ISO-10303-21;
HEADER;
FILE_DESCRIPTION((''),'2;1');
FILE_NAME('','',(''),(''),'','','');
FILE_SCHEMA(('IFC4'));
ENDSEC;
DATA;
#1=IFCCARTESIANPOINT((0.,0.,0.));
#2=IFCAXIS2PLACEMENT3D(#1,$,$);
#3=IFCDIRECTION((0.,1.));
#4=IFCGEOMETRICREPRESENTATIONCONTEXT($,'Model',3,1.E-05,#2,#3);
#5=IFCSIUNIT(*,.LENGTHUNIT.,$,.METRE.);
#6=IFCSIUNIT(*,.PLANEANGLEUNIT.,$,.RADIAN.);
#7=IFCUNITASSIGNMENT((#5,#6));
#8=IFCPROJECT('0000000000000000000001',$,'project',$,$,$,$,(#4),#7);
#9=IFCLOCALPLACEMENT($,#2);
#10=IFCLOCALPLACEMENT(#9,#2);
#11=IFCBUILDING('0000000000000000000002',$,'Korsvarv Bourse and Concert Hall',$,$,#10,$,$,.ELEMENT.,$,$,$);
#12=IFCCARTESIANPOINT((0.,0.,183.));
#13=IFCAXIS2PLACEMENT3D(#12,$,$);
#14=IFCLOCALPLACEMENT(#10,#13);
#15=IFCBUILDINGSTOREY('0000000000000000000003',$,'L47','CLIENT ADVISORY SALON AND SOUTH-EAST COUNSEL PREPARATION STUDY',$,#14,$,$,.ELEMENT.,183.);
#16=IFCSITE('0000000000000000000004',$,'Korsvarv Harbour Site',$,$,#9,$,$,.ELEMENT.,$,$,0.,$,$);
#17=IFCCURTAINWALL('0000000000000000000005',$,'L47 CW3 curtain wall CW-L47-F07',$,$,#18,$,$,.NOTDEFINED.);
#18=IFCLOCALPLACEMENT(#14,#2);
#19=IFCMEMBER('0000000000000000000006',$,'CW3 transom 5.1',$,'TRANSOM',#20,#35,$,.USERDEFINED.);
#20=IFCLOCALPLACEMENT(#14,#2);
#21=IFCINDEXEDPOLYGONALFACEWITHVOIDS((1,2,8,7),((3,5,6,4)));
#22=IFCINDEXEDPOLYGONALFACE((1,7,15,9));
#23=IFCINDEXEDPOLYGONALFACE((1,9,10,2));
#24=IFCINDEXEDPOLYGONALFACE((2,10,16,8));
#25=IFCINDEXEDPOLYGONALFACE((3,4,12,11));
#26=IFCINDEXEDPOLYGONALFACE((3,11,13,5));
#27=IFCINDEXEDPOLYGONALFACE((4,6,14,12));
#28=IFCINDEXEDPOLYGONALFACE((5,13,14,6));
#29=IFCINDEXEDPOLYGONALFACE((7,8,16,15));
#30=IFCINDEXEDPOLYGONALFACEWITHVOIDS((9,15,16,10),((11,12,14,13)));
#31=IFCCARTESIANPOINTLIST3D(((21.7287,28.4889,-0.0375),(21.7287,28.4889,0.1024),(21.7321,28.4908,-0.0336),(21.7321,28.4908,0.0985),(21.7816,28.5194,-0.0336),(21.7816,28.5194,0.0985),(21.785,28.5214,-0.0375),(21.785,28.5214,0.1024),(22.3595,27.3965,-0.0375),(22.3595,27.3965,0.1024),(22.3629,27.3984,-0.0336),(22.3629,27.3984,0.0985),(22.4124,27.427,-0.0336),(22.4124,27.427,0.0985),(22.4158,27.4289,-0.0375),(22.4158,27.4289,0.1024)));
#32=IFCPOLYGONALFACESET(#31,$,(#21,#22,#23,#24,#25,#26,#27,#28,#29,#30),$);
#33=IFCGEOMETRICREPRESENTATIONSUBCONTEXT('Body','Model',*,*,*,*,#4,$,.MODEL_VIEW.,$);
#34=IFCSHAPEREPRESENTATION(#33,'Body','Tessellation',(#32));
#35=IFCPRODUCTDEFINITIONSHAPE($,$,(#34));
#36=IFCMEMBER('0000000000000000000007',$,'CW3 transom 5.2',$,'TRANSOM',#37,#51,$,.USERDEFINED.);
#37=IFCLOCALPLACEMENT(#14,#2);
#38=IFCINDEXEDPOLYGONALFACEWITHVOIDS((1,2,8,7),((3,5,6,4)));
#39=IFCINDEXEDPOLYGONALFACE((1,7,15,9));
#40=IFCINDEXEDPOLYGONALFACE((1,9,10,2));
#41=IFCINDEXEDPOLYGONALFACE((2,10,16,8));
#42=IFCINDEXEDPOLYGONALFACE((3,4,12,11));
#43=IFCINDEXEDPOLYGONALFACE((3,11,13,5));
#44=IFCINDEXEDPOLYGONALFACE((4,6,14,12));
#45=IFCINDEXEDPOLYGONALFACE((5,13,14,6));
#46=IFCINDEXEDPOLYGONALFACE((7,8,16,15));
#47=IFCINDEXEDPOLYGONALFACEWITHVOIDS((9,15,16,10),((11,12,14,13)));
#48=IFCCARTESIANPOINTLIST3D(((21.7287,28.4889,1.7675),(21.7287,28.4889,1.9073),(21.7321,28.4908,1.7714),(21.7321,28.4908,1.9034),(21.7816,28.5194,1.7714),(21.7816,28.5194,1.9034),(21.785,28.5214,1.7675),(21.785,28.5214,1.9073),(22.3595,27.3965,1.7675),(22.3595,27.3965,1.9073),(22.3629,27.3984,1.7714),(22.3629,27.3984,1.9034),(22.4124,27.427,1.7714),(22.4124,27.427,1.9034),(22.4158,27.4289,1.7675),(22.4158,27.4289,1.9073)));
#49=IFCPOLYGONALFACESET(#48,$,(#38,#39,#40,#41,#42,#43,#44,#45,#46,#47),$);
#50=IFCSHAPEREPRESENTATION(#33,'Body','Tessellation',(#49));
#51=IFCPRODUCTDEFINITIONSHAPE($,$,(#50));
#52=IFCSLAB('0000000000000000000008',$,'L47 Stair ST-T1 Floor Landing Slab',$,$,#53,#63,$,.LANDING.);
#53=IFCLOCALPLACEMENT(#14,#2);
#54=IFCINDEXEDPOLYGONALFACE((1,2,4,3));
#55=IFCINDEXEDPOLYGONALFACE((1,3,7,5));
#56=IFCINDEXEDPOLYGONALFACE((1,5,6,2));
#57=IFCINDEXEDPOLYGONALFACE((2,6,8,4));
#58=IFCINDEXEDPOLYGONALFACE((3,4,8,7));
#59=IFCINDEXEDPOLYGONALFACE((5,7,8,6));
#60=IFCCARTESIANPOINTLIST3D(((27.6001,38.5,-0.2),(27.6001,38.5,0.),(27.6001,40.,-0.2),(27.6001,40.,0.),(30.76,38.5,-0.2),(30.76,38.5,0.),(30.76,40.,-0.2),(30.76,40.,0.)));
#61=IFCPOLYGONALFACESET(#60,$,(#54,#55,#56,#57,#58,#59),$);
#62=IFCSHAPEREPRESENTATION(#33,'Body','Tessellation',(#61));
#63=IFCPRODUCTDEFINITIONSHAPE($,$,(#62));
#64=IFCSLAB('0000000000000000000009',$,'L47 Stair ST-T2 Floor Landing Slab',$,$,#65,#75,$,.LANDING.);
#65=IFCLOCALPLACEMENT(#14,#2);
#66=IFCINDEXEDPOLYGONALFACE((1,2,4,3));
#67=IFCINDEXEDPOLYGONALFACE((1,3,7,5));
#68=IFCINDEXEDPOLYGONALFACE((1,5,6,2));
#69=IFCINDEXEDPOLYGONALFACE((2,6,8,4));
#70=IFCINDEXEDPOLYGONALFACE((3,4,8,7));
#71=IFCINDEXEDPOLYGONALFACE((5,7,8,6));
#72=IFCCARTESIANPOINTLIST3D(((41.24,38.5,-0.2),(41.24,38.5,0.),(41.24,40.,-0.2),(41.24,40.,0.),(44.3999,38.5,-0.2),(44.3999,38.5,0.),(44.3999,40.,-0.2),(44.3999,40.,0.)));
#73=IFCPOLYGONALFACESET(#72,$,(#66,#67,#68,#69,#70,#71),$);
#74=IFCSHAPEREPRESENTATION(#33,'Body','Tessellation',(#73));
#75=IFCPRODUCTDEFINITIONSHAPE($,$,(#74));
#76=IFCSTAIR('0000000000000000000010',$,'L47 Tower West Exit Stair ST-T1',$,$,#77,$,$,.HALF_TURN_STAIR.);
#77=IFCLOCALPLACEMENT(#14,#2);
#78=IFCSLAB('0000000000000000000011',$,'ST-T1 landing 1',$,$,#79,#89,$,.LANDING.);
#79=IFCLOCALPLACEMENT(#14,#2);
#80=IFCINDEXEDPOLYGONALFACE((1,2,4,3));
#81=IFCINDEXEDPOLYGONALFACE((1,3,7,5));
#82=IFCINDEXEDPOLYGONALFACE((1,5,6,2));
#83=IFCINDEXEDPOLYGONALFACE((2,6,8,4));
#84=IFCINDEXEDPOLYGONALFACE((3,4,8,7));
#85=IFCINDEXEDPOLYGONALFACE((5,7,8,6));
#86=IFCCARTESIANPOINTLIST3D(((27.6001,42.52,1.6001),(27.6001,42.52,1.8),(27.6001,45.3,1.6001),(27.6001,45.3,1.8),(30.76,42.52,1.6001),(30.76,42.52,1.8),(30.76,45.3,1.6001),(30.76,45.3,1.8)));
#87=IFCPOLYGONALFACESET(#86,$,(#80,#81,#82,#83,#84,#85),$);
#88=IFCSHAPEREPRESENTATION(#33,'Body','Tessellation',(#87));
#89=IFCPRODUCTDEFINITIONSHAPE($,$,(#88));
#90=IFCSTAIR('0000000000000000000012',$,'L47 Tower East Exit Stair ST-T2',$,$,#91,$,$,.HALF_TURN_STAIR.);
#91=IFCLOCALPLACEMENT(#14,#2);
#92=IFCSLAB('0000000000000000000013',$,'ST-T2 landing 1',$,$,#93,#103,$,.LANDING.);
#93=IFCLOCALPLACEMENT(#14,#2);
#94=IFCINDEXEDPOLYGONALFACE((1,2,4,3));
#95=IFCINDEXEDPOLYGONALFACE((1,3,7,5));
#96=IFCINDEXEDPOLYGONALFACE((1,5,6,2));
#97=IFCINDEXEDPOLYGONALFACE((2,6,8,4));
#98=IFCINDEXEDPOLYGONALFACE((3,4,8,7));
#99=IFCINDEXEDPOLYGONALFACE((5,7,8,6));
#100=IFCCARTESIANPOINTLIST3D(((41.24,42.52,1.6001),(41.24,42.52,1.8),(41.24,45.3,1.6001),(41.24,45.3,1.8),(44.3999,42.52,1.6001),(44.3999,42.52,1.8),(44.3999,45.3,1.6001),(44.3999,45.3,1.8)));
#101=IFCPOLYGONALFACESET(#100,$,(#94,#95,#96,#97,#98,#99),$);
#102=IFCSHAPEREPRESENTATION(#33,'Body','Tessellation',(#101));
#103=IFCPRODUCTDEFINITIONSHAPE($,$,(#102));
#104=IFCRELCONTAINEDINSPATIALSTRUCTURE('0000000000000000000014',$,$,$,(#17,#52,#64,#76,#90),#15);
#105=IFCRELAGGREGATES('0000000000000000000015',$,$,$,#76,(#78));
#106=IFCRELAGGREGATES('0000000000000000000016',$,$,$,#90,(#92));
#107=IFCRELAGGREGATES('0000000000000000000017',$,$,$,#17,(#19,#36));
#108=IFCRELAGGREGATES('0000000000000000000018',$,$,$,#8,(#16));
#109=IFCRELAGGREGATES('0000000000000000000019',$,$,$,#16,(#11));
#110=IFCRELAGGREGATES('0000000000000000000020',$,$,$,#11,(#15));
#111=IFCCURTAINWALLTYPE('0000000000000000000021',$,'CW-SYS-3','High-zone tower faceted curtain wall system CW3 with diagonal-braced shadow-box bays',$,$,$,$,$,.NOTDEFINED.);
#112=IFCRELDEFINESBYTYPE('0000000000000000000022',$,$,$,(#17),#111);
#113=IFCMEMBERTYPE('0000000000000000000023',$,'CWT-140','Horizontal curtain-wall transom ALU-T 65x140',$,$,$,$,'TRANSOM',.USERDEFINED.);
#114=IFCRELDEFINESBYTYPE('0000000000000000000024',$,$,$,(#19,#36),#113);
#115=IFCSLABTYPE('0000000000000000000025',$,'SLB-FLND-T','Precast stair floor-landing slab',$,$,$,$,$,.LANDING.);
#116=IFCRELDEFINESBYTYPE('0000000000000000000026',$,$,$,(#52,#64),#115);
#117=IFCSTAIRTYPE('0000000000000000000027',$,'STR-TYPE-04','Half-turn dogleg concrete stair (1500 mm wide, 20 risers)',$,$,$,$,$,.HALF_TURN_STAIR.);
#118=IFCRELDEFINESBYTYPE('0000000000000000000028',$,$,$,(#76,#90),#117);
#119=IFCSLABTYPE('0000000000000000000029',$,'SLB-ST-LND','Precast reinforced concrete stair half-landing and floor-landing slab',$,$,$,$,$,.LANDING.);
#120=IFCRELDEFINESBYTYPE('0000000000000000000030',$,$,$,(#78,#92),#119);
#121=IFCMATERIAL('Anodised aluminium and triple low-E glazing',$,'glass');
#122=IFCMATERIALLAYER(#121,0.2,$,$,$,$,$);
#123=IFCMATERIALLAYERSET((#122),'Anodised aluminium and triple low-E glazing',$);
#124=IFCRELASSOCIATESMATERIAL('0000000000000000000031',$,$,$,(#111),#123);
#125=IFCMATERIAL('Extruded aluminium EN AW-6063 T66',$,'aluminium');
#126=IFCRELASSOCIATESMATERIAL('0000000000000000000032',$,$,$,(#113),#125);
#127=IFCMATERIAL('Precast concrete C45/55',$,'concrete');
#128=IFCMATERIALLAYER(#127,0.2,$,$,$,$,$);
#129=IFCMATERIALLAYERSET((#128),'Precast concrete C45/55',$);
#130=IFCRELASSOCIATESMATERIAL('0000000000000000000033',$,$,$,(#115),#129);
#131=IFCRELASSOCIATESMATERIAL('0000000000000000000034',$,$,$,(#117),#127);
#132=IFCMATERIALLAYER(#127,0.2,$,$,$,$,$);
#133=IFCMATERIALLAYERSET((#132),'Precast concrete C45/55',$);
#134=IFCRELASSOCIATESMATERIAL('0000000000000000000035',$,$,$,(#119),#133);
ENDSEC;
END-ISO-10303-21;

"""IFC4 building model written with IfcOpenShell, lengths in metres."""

from ifc_helpers import new_model, si_unit, direction, frame, origin, origin_2d, place, context, subcontext, project, spatial, polyline, hollow_rectangle, outline, extrude, source, transform, mapped, material, layer, layer_set, material_profile, profile_set, type_object, element, aggregate, save


model = new_model("IFC4")

# Units and contexts
model_context = context("Model", 3, precision=1e-05, world=origin(), true_north=direction((0.0, 1.0)))
body_context = subcontext(model_context, "Body", "Model", "MODEL_VIEW")
ifc_project = project(units=[si_unit("LENGTHUNIT", "METRE"), si_unit("PLANEANGLEUNIT", "RADIAN")], contexts=[model_context])

# Site, building, storey
site_placement = place(None, origin())
site = spatial("IfcSite", under=ifc_project, at=site_placement, Name="Korsvarv Harbour Site", CompositionType="ELEMENT", RefElevation=0.0)
building_placement = place(site_placement, origin())
building = spatial("IfcBuilding", under=site, at=building_placement, Name="Korsvarv Bourse and Concert Hall", CompositionType="ELEMENT")
storey_placement = place(building_placement, frame((0.0, 0.0, 183.0)))
storey = spatial("IfcBuildingStorey", under=building, at=storey_placement, Name="L47", Description="CLIENT ADVISORY SALON AND SOUTH-EAST COUNSEL PREPARATION STUDY", CompositionType="ELEMENT", Elevation=183.0)

# Curtain wall, members
ifc_material_1 = material(Name="Anodised aluminium and triple low-E glazing", Category="glass")
ifc_layer_1 = layer(ifc_material_1, 0.2)
ifc_layer_set_1 = layer_set([ifc_layer_1], Name="Anodised aluminium and triple low-E glazing")
curtain_wall_type = type_object("IfcCurtainWallType", Name="CW-SYS-3", Description="High-zone tower faceted curtain wall system CW3 with diagonal-braced shadow-box bays", PredefinedType="NOTDEFINED", material=ifc_layer_set_1)
curtain_wall_placement = place(storey_placement, origin())
curtain_wall = element("IfcCurtainWall", 1, at=curtain_wall_placement, inside=storey, type_object=curtain_wall_type, Name="L47 CW3 curtain wall CW-L47-F07", PredefinedType="NOTDEFINED")
ifc_material_2 = material(Name="Extruded aluminium EN AW-6063 T66", Category="aluminium")
ifc_material_profile_1 = material_profile(ifc_material_2, hollow_rectangle(XDim=0.0649, YDim=0.1399, WallThickness=0.0039, at=origin_2d()), Name="ALU-T 65x140")
ifc_profile_set_1 = profile_set([ifc_material_profile_1], Name="Extruded aluminium EN AW-6063 T66")
member_type_1 = type_object("IfcMemberType", Name="CWT-140", Description="Horizontal curtain-wall transom ALU-T 65x140", ElementType="TRANSOM", PredefinedType="USERDEFINED", material=ifc_profile_set_1)
shared_shape_1 = source(origin(), body_context, "Body", "SweptSolid", [
    extrude(hollow_rectangle(XDim=0.0649, YDim=0.1399, WallThickness=0.0039, at=origin_2d()), origin(), (0.0, 0.0, 1.0), 1.2615),
])
member_1_placement = place(storey_placement, frame((21.7568, 28.5051, 0.0325), z_axis=(0.500052, -0.865995, 0.0), x_axis=(0.865995, 0.500052, 0.0)))
member_1 = element("IfcMember", 2, at=member_1_placement, type_object=member_type_1, Name="CW3 transom 5.1", ObjectType="TRANSOM", PredefinedType="USERDEFINED", context=body_context, shape_type="MappedRepresentation", body=[
    mapped(shared_shape_1, transform((0.0, 0.0, 0.0), scale=1.0)),
])
member_2_placement = place(storey_placement, frame((21.7568, 28.5051, 1.8374), z_axis=(0.500052, -0.865995, 0.0), x_axis=(0.865995, 0.500052, 0.0)))
member_2 = element("IfcMember", 3, at=member_2_placement, type_object=member_type_1, Name="CW3 transom 5.2", ObjectType="TRANSOM", PredefinedType="USERDEFINED", context=body_context, shape_type="MappedRepresentation", body=[
    mapped(shared_shape_1, transform((0.0, 0.0, 0.0), scale=1.0)),
])

# Slabs
ifc_material_3 = material(Name="Precast concrete C45/55", Category="concrete")
ifc_layer_2 = layer(ifc_material_3, 0.2)
ifc_layer_set_2 = layer_set([ifc_layer_2], Name="Precast concrete C45/55")
slab_type_1 = type_object("IfcSlabType", Name="SLB-FLND-T", Description="Precast stair floor-landing slab", PredefinedType="LANDING", material=ifc_layer_set_2)
slab_1_placement = place(storey_placement, frame((0.0, 0.0, -0.2)))
element("IfcSlab", 4, at=slab_1_placement, inside=storey, type_object=slab_type_1, Name="L47 Stair ST-T1 Floor Landing Slab", PredefinedType="LANDING", context=body_context, shape_type="SweptSolid", body=[
    extrude(outline(polyline([(30.76, 38.5), (30.76, 40.0), (27.6001, 40.0), (27.6001, 38.5), (30.76, 38.5)])), origin(), (0.0, 0.0, 1.0), 0.2),
])
slab_2_placement = place(storey_placement, frame((0.0, 0.0, -0.2)))
element("IfcSlab", 5, at=slab_2_placement, inside=storey, type_object=slab_type_1, Name="L47 Stair ST-T2 Floor Landing Slab", PredefinedType="LANDING", context=body_context, shape_type="SweptSolid", body=[
    extrude(outline(polyline([(44.3999, 38.5), (44.3999, 40.0), (41.24, 40.0), (41.24, 38.5), (44.3999, 38.5)])), origin(), (0.0, 0.0, 1.0), 0.2),
])

# Stairs, slabs
stair_type = type_object("IfcStairType", Name="STR-TYPE-04", Description="Half-turn dogleg concrete stair (1500 mm wide, 20 risers)", PredefinedType="HALF_TURN_STAIR", material=ifc_material_3)
stair_1_placement = place(storey_placement, origin())
stair_1 = element("IfcStair", 6, at=stair_1_placement, inside=storey, type_object=stair_type, Name="L47 Tower West Exit Stair ST-T1", PredefinedType="HALF_TURN_STAIR")
ifc_layer_3 = layer(ifc_material_3, 0.2)
ifc_layer_set_3 = layer_set([ifc_layer_3], Name="Precast concrete C45/55")
slab_type_2 = type_object("IfcSlabType", Name="SLB-ST-LND", Description="Precast reinforced concrete stair half-landing and floor-landing slab", PredefinedType="LANDING", material=ifc_layer_set_3)
slab_3_placement = place(storey_placement, frame((0.0, 0.0, 1.6001)))
slab_3 = element("IfcSlab", 7, at=slab_3_placement, type_object=slab_type_2, Name="ST-T1 landing 1", PredefinedType="LANDING", context=body_context, shape_type="SweptSolid", body=[
    extrude(outline(polyline([(30.76, 42.52), (30.76, 45.3), (27.6001, 45.3), (27.6001, 42.52), (30.76, 42.52)])), origin(), (0.0, 0.0, 1.0), 0.2),
])
aggregate(stair_1, [slab_3])
stair_2_placement = place(storey_placement, origin())
stair_2 = element("IfcStair", 8, at=stair_2_placement, inside=storey, type_object=stair_type, Name="L47 Tower East Exit Stair ST-T2", PredefinedType="HALF_TURN_STAIR")
slab_4_placement = place(storey_placement, frame((0.0, 0.0, 1.6001)))
slab_4 = element("IfcSlab", 9, at=slab_4_placement, type_object=slab_type_2, Name="ST-T2 landing 1", PredefinedType="LANDING", context=body_context, shape_type="SweptSolid", body=[
    extrude(outline(polyline([(44.3999, 42.52), (44.3999, 45.3), (41.24, 45.3), (41.24, 42.52), (44.3999, 42.52)])), origin(), (0.0, 0.0, 1.0), 0.2),
])
aggregate(stair_2, [slab_4])

aggregate(curtain_wall, [member_1, member_2])

save(model, "model.ifc")
